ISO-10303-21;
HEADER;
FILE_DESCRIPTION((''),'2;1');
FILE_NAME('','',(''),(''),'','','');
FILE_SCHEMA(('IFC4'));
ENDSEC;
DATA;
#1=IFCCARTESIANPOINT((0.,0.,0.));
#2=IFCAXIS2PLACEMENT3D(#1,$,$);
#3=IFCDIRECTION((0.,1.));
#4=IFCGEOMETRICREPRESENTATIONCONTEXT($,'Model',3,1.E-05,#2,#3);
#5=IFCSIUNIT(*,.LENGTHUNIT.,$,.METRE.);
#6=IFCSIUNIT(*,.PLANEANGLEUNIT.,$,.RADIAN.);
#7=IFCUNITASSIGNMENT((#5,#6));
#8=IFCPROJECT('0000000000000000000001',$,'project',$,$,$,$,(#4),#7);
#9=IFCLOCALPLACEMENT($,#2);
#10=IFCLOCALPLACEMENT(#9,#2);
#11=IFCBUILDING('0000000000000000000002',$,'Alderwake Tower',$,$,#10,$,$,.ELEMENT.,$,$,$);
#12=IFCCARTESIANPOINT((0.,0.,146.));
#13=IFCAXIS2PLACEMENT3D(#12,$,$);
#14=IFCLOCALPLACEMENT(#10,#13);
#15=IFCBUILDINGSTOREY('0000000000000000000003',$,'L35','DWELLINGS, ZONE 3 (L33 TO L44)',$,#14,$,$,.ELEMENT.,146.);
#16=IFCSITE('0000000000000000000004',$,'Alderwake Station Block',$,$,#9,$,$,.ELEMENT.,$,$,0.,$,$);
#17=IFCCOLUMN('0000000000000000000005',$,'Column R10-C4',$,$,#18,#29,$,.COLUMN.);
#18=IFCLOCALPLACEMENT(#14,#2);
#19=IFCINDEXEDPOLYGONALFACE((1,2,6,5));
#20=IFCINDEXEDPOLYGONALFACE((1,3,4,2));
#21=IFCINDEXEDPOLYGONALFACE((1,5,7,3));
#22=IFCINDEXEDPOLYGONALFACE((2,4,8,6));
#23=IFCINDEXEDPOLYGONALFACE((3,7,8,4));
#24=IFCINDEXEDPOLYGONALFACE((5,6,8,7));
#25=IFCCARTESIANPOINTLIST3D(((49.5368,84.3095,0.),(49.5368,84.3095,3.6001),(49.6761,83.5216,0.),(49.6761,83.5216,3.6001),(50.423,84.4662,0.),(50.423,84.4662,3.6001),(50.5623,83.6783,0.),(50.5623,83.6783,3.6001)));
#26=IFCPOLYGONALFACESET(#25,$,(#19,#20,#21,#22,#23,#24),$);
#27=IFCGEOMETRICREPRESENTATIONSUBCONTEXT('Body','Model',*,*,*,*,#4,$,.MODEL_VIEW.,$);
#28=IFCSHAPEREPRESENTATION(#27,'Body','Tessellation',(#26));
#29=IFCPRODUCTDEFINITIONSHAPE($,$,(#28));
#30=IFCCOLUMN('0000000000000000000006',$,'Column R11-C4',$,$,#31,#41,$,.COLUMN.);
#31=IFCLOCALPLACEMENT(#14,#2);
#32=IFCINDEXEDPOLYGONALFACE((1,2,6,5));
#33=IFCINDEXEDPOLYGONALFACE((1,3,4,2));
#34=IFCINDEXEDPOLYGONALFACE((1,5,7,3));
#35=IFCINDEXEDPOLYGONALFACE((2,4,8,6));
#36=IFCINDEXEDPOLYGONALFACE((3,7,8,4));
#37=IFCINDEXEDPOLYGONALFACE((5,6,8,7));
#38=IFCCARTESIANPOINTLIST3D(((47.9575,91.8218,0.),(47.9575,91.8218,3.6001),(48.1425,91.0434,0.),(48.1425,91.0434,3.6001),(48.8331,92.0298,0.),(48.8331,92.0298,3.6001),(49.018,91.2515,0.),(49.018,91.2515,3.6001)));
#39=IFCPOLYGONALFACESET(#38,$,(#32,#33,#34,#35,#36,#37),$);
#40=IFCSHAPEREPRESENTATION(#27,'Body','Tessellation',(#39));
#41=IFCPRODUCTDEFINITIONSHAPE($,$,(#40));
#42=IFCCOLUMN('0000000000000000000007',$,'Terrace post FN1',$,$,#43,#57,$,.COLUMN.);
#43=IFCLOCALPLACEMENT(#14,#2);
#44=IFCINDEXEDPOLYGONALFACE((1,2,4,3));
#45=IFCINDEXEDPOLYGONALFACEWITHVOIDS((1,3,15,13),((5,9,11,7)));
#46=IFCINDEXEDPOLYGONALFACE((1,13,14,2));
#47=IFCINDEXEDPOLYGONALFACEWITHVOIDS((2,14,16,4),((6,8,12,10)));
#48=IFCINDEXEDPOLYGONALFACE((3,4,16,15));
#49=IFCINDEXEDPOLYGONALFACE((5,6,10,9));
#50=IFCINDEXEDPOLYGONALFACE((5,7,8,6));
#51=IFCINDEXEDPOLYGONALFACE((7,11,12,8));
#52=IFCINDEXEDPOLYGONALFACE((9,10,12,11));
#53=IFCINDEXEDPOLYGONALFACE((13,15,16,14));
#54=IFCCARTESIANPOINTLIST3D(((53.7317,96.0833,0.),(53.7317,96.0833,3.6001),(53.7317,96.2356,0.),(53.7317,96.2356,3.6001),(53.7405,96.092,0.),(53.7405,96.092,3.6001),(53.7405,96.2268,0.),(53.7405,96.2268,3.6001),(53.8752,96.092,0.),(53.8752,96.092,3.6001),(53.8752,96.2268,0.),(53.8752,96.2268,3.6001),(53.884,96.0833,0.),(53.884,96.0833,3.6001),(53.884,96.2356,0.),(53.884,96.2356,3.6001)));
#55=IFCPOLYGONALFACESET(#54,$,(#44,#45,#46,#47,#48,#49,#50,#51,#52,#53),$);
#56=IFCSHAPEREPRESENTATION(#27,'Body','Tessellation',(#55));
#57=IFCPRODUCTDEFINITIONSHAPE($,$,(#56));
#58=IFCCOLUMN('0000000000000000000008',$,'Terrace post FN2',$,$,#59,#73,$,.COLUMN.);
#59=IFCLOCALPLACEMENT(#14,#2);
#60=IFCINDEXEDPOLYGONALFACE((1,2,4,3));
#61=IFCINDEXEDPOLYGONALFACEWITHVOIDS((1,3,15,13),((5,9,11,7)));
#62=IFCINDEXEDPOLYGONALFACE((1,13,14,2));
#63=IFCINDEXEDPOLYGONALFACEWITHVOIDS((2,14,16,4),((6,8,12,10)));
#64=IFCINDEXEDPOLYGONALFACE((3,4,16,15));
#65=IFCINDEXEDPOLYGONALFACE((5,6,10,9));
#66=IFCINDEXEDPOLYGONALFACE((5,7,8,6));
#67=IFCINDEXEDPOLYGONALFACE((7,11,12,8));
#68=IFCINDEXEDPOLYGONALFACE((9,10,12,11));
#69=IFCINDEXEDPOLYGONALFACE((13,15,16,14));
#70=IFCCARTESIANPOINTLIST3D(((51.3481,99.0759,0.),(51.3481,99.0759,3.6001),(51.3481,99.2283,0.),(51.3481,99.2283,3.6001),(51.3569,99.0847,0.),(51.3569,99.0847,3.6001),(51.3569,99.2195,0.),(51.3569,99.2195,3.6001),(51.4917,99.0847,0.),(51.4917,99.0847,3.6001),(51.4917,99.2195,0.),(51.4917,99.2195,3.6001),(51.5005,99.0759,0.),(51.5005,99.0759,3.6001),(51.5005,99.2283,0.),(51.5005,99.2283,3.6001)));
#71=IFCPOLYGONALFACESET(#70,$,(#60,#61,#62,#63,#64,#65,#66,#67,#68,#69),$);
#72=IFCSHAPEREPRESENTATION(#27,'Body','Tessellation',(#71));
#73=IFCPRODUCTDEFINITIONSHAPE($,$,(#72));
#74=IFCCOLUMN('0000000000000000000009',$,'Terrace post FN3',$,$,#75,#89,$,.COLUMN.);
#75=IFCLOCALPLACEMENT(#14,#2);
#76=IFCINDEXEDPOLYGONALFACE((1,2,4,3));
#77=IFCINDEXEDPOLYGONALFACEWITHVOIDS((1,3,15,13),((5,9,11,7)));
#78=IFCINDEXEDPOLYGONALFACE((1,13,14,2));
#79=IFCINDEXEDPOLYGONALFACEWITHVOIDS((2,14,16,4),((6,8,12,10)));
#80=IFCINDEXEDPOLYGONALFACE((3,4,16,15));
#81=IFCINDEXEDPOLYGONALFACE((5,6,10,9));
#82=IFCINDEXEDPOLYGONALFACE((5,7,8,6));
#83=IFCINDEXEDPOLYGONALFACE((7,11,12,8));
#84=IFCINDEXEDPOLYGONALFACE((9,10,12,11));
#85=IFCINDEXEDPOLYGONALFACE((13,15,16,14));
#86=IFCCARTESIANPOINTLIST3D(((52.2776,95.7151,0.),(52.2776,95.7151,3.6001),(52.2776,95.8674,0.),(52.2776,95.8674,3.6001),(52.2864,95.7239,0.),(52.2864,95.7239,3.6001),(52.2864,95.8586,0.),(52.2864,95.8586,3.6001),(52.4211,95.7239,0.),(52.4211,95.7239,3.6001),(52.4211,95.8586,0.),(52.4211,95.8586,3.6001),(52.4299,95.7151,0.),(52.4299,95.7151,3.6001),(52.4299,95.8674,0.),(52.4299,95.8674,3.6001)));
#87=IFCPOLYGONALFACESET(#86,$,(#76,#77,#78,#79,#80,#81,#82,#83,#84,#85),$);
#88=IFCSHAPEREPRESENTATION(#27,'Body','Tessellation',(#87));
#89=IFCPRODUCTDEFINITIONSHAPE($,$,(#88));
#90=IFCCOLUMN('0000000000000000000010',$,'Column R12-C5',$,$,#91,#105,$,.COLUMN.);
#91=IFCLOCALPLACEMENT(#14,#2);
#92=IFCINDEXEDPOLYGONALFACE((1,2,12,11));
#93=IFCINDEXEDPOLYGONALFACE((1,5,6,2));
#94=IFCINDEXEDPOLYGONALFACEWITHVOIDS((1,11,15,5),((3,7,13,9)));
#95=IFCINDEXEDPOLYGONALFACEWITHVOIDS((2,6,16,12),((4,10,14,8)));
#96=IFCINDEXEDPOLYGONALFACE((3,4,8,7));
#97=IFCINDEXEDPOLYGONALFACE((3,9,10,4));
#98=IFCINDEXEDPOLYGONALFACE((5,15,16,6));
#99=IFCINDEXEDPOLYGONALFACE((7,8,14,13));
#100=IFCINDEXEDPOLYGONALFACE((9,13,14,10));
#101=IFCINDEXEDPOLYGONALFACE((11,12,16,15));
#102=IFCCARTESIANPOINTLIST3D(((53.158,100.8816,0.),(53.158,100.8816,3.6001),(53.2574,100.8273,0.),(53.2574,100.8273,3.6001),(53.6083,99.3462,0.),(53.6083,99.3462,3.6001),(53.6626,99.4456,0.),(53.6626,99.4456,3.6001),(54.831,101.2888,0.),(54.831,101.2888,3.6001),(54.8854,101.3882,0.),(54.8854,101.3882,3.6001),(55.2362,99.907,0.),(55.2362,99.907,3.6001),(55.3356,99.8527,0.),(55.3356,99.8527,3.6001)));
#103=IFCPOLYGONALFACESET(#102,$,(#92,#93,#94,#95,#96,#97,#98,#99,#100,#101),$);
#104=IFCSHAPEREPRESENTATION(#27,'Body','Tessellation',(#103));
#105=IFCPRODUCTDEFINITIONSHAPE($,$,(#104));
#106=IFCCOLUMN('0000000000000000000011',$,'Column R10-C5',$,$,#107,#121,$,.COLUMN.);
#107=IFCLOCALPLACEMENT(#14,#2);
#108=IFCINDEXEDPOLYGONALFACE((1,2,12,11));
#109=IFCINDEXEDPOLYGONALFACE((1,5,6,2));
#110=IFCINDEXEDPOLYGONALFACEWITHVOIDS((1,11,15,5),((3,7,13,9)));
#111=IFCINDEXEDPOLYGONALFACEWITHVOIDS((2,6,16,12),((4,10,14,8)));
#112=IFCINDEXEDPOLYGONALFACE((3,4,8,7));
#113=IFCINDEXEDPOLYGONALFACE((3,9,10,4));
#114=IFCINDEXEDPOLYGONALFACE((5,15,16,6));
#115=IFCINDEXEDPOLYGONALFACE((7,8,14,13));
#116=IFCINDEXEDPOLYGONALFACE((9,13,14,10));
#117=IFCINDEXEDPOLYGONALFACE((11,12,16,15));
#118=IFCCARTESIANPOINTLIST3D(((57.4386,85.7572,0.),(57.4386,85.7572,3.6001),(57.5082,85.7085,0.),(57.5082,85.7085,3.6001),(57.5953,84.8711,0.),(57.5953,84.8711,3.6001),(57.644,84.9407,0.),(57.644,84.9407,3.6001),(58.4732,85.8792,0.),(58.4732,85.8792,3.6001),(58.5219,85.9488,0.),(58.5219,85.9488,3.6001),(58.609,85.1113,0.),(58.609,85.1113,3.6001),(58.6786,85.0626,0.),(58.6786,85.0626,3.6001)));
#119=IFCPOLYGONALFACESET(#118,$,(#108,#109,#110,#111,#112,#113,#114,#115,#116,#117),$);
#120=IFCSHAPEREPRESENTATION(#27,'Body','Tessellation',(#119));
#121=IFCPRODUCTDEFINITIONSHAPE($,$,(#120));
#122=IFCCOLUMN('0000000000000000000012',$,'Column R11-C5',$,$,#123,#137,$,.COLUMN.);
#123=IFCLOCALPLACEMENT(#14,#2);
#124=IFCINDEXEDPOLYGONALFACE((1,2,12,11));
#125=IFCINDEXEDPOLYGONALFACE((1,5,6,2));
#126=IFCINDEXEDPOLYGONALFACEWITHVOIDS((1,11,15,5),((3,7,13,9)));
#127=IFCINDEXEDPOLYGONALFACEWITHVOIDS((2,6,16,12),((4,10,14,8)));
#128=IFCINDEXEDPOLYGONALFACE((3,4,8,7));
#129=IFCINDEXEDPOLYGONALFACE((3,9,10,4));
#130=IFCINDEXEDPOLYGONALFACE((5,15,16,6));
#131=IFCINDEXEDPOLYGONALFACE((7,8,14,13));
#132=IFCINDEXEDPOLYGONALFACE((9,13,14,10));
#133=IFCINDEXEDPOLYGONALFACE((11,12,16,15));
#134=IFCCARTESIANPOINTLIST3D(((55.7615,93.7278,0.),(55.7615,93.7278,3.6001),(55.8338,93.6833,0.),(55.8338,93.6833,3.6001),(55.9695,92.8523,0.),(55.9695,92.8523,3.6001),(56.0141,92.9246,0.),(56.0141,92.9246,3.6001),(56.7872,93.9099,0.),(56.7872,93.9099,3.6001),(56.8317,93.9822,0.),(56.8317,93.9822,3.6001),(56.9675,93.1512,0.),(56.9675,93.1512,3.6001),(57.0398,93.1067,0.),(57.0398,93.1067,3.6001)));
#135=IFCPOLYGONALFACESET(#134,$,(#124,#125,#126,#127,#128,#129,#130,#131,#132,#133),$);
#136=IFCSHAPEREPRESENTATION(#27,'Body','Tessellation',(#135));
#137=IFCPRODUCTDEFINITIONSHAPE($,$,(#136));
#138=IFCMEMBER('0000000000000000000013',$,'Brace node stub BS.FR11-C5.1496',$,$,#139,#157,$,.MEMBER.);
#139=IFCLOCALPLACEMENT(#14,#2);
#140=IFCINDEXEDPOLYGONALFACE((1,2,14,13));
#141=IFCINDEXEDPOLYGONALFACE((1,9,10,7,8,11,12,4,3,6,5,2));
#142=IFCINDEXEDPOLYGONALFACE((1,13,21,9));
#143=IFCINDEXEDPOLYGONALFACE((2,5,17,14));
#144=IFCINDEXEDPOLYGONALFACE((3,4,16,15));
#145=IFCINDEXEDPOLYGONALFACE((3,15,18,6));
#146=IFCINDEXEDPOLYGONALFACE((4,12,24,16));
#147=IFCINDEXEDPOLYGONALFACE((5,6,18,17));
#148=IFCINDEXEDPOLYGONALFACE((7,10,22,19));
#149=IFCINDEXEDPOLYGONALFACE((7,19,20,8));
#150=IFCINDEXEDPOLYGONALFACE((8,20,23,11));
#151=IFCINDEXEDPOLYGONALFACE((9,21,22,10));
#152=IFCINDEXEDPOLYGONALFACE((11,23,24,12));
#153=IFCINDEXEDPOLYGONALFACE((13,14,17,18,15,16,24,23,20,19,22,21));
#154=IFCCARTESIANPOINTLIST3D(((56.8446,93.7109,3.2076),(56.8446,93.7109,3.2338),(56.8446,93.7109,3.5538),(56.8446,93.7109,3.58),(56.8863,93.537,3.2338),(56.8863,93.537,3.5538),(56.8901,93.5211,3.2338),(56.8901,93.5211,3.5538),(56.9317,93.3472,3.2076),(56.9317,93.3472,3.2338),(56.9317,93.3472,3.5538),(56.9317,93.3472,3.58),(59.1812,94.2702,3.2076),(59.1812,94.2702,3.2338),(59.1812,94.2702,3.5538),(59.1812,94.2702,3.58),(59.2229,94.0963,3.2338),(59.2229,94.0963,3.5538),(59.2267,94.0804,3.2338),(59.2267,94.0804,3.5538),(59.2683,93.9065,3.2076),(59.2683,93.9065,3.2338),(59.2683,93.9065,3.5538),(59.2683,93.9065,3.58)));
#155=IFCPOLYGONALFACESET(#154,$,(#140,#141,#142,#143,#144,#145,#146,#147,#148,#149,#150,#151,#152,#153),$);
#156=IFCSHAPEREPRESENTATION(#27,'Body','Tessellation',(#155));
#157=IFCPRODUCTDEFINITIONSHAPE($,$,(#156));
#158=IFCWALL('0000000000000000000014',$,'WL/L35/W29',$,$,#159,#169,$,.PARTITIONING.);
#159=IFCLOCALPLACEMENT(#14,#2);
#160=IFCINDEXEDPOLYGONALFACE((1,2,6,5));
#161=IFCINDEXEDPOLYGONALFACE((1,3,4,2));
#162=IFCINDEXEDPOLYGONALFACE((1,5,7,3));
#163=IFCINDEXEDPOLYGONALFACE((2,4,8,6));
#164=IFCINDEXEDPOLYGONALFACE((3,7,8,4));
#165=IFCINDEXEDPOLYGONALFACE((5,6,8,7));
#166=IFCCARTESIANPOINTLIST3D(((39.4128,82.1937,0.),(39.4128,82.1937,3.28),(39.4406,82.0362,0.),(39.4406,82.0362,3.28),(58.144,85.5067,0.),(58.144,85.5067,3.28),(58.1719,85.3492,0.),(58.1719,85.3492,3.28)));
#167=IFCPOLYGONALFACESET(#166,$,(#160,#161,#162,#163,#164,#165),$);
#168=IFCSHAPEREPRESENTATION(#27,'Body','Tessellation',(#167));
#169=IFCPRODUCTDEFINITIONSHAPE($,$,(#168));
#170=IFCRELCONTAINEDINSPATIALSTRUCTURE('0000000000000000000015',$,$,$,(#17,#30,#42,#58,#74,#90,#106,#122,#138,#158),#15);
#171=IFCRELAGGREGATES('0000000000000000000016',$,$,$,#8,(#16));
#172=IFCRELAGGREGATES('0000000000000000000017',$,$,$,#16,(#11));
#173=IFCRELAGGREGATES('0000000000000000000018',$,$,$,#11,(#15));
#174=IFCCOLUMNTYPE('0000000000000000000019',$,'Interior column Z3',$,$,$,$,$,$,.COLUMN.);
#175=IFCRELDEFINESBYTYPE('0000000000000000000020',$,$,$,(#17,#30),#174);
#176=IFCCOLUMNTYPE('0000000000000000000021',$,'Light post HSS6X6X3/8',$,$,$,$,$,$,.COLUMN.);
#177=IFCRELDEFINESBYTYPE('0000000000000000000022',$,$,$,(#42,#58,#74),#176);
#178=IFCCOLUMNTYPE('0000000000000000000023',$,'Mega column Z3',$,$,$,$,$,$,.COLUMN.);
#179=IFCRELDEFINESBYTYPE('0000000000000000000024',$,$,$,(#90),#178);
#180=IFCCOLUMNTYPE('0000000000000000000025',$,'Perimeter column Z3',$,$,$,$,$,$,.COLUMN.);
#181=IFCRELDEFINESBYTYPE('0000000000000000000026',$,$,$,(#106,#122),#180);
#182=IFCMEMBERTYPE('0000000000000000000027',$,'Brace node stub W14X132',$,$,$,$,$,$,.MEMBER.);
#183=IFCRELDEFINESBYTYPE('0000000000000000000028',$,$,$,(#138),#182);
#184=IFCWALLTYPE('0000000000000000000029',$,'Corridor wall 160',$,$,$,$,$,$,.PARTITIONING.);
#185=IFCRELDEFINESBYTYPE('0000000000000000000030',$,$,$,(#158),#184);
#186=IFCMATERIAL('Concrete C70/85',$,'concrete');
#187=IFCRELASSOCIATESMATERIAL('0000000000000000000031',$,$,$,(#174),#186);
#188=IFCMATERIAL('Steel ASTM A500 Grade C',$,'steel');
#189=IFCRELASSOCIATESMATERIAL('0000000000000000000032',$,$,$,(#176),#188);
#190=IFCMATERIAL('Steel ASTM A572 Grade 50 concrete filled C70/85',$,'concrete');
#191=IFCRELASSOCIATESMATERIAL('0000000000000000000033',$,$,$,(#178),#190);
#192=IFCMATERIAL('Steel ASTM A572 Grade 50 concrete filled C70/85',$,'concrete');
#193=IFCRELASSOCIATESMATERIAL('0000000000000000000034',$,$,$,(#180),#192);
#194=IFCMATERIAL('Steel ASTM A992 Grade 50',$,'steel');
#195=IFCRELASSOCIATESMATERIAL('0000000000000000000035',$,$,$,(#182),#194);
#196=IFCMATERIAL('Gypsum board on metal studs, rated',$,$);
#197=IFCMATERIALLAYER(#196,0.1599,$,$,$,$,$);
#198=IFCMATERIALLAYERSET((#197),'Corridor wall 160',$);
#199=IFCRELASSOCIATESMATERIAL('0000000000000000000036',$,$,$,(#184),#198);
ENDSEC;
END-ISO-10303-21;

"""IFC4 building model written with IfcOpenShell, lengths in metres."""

from ifc_helpers import new_model, si_unit, direction, frame, frame_2d, origin, origin_2d, place, context, subcontext, project, spatial, rectangle, hollow_rectangle, i_section, extrude, material, layer, layer_set, material_profile, profile_set, type_object, element, save


model = new_model("IFC4")

# Units and contexts
model_context = context("Model", 3, precision=1e-05, world=origin(), true_north=direction((0.0, 1.0)))
body_context = subcontext(model_context, "Body", "Model", "MODEL_VIEW")
ifc_project = project(units=[si_unit("LENGTHUNIT", "METRE"), si_unit("PLANEANGLEUNIT", "RADIAN")], contexts=[model_context])

# Site, building, storey
site_placement = place(None, origin())
site = spatial("IfcSite", under=ifc_project, at=site_placement, Name="Alderwake Station Block", CompositionType="ELEMENT", RefElevation=0.0)
building_placement = place(site_placement, origin())
building = spatial("IfcBuilding", under=site, at=building_placement, Name="Alderwake Tower", CompositionType="ELEMENT")
storey_placement = place(building_placement, frame((0.0, 0.0, 146.0)))
storey = spatial("IfcBuildingStorey", under=building, at=storey_placement, Name="L35", Description="DWELLINGS, ZONE 3 (L33 TO L44)", CompositionType="ELEMENT", Elevation=146.0)

# Columns
ifc_material_1 = material(Name="Concrete C70/85", Category="concrete")
ifc_material_profile_1 = material_profile(ifc_material_1, rectangle(XDim=0.8, YDim=0.8999, at=origin_2d()), Name="RC 900X800")
ifc_profile_set_1 = profile_set([ifc_material_profile_1], Name="Concrete C70/85")
column_type_1 = type_object("IfcColumnType", Name="Interior column Z3", PredefinedType="COLUMN", material=ifc_profile_set_1)
for number, where, z_axis, x_axis, name in (
    (1, (50.0496, 83.9939, 0.0), (0.0, 0.0, 1.0), (-0.174109, 0.984726, 0.0), "Column R10-C4"),
    (2, (48.4878, 91.5366, 0.0), (0.0, 0.0, 1.0), (-0.231222, 0.972901, 0.0), "Column R11-C4"),
):
    element("IfcColumn", number, at=place(storey_placement, frame(where, z_axis=z_axis, x_axis=x_axis)), inside=storey, type_object=column_type_1, Name=name, PredefinedType="COLUMN", context=body_context, shape_type="SweptSolid", body=[
        extrude(rectangle(XDim=0.8, YDim=0.8999, at=origin_2d()), origin(), (0.0, 0.0, 1.0), 3.6001),
    ])
ifc_material_2 = material(Name="Steel ASTM A500 Grade C", Category="steel")
ifc_material_profile_2 = material_profile(ifc_material_2, hollow_rectangle(XDim=0.1523, YDim=0.1523, WallThickness=0.0088, at=origin_2d()), Name="HSS6X6X3/8")
ifc_profile_set_2 = profile_set([ifc_material_profile_2], Name="Steel ASTM A500 Grade C")
column_type_2 = type_object("IfcColumnType", Name="Light post HSS6X6X3/8", PredefinedType="COLUMN", material=ifc_profile_set_2)
for number, where, z_axis, x_axis, name in (
    (3, (53.8079, 96.1594, 0.0), (0.0, 0.0, 1.0), (1.0, 0.0, 0.0), "Terrace post FN1"),
    (4, (51.4243, 99.1521, 0.0), (0.0, 0.0, 1.0), (1.0, 0.0, 0.0), "Terrace post FN2"),
    (5, (52.3538, 95.7913, 0.0), (0.0, 0.0, 1.0), (1.0, 0.0, 0.0), "Terrace post FN3"),
):
    element("IfcColumn", number, at=place(storey_placement, frame(where, z_axis=z_axis, x_axis=x_axis)), inside=storey, type_object=column_type_2, Name=name, PredefinedType="COLUMN", context=body_context, shape_type="SweptSolid", body=[
        extrude(hollow_rectangle(XDim=0.1523, YDim=0.1523, WallThickness=0.0088, at=origin_2d()), origin(), (0.0, 0.0, 1.0), 3.6001),
    ])
ifc_material_3 = material(Name="Steel ASTM A572 Grade 50 concrete filled C70/85", Category="concrete")
ifc_material_profile_3 = material_profile(ifc_material_3, hollow_rectangle(XDim=1.6001, YDim=1.8, WallThickness=0.0801, at=origin_2d()), Name="BOX 1800X1600X80")
ifc_profile_set_3 = profile_set([ifc_material_profile_3], Name="Steel ASTM A572 Grade 50 concrete filled C70/85")
column_type_3 = type_object("IfcColumnType", Name="Mega column Z3", PredefinedType="COLUMN", material=ifc_profile_set_3)
column_placement = place(storey_placement, frame((54.2468, 100.3672, 0.0), z_axis=(0.0, 0.0, 1.0), x_axis=(-0.281395, 0.959592, 0.0)))
element("IfcColumn", 6, at=column_placement, inside=storey, type_object=column_type_3, Name="Column R12-C5", PredefinedType="COLUMN", context=body_context, shape_type="SweptSolid", body=[
    extrude(hollow_rectangle(XDim=1.6001, YDim=1.8, WallThickness=0.0801, at=origin_2d()), origin(), (0.0, 0.0, 1.0), 3.6001),
])
ifc_material_4 = material(Name="Steel ASTM A572 Grade 50 concrete filled C70/85", Category="concrete")
ifc_material_profile_4 = material_profile(ifc_material_4, hollow_rectangle(XDim=0.8999, YDim=1.1001, WallThickness=0.0601, at=origin_2d()), Name="BOX 1100X900X60")
ifc_profile_set_4 = profile_set([ifc_material_profile_4], Name="Steel ASTM A572 Grade 50 concrete filled C70/85")
column_type_4 = type_object("IfcColumnType", Name="Perimeter column Z3", PredefinedType="COLUMN", material=ifc_profile_set_4)
for number, where, z_axis, x_axis, name in (
    (7, (58.0586, 85.4099, 0.0), (0.0, 0.0, 1.0), (-0.174109, 0.984726, 0.0), "Column R10-C5"),
    (8, (56.4006, 93.4172, 0.0), (0.0, 0.0, 1.0), (-0.231222, 0.972901, 0.0), "Column R11-C5"),
):
    element("IfcColumn", number, at=place(storey_placement, frame(where, z_axis=z_axis, x_axis=x_axis)), inside=storey, type_object=column_type_4, Name=name, PredefinedType="COLUMN", context=body_context, shape_type="SweptSolid", body=[
        extrude(hollow_rectangle(XDim=0.8999, YDim=1.1001, WallThickness=0.0601, at=origin_2d()), origin(), (0.0, 0.0, 1.0), 3.6001),
    ])

# Member
ifc_material_5 = material(Name="Steel ASTM A992 Grade 50", Category="steel")
ifc_material_profile_5 = material_profile(ifc_material_5, i_section(OverallWidth=0.374, OverallDepth=0.3723, WebThickness=0.0164, FlangeThickness=0.0261, at=origin_2d()), Name="W14X132")
ifc_profile_set_5 = profile_set([ifc_material_profile_5], Name="Steel ASTM A992 Grade 50")
member_type = type_object("IfcMemberType", Name="Brace node stub W14X132", PredefinedType="MEMBER", material=ifc_profile_set_5)
member_placement = place(storey_placement, frame((56.8882, 93.5291, 3.3938), z_axis=(0.972526, 0.232793, 0.0), x_axis=(-0.232793, 0.972526, 0.0)))
element("IfcMember", 9, at=member_placement, inside=storey, type_object=member_type, Name="Brace node stub BS.FR11-C5.1496", PredefinedType="MEMBER", context=body_context, shape_type="SweptSolid", body=[
    extrude(i_section(OverallWidth=0.374, OverallDepth=0.3723, WebThickness=0.0164, FlangeThickness=0.0261, at=origin_2d()), origin(), (0.0, 0.0, 1.0), 2.4026),
])

# Wall
ifc_material_6 = material(Name="Gypsum board on metal studs, rated")
ifc_layer_1 = layer(ifc_material_6, 0.1599)
ifc_layer_set_1 = layer_set([ifc_layer_1], Name="Corridor wall 160")
wall_type_1 = type_object("IfcWallType", Name="Corridor wall 160", PredefinedType="PARTITIONING", material=ifc_layer_set_1)
wall_1_placement = place(storey_placement, frame((58.158, 85.428, 0.0), z_axis=(0.0, 0.0, 1.0), x_axis=(-0.984716, -0.174167, 0.0)))
element("IfcWall", 10, at=wall_1_placement, inside=storey, type_object=wall_type_1, Name="WL/L35/W29", PredefinedType="PARTITIONING", context=body_context, shape_type="SweptSolid", body=[
    extrude(rectangle(XDim=19.022, YDim=0.1599, at=frame_2d((9.511, 0.0))), origin(), (0.0, 0.0, 1.0), 3.28),
])

save(model, "model.ifc")
